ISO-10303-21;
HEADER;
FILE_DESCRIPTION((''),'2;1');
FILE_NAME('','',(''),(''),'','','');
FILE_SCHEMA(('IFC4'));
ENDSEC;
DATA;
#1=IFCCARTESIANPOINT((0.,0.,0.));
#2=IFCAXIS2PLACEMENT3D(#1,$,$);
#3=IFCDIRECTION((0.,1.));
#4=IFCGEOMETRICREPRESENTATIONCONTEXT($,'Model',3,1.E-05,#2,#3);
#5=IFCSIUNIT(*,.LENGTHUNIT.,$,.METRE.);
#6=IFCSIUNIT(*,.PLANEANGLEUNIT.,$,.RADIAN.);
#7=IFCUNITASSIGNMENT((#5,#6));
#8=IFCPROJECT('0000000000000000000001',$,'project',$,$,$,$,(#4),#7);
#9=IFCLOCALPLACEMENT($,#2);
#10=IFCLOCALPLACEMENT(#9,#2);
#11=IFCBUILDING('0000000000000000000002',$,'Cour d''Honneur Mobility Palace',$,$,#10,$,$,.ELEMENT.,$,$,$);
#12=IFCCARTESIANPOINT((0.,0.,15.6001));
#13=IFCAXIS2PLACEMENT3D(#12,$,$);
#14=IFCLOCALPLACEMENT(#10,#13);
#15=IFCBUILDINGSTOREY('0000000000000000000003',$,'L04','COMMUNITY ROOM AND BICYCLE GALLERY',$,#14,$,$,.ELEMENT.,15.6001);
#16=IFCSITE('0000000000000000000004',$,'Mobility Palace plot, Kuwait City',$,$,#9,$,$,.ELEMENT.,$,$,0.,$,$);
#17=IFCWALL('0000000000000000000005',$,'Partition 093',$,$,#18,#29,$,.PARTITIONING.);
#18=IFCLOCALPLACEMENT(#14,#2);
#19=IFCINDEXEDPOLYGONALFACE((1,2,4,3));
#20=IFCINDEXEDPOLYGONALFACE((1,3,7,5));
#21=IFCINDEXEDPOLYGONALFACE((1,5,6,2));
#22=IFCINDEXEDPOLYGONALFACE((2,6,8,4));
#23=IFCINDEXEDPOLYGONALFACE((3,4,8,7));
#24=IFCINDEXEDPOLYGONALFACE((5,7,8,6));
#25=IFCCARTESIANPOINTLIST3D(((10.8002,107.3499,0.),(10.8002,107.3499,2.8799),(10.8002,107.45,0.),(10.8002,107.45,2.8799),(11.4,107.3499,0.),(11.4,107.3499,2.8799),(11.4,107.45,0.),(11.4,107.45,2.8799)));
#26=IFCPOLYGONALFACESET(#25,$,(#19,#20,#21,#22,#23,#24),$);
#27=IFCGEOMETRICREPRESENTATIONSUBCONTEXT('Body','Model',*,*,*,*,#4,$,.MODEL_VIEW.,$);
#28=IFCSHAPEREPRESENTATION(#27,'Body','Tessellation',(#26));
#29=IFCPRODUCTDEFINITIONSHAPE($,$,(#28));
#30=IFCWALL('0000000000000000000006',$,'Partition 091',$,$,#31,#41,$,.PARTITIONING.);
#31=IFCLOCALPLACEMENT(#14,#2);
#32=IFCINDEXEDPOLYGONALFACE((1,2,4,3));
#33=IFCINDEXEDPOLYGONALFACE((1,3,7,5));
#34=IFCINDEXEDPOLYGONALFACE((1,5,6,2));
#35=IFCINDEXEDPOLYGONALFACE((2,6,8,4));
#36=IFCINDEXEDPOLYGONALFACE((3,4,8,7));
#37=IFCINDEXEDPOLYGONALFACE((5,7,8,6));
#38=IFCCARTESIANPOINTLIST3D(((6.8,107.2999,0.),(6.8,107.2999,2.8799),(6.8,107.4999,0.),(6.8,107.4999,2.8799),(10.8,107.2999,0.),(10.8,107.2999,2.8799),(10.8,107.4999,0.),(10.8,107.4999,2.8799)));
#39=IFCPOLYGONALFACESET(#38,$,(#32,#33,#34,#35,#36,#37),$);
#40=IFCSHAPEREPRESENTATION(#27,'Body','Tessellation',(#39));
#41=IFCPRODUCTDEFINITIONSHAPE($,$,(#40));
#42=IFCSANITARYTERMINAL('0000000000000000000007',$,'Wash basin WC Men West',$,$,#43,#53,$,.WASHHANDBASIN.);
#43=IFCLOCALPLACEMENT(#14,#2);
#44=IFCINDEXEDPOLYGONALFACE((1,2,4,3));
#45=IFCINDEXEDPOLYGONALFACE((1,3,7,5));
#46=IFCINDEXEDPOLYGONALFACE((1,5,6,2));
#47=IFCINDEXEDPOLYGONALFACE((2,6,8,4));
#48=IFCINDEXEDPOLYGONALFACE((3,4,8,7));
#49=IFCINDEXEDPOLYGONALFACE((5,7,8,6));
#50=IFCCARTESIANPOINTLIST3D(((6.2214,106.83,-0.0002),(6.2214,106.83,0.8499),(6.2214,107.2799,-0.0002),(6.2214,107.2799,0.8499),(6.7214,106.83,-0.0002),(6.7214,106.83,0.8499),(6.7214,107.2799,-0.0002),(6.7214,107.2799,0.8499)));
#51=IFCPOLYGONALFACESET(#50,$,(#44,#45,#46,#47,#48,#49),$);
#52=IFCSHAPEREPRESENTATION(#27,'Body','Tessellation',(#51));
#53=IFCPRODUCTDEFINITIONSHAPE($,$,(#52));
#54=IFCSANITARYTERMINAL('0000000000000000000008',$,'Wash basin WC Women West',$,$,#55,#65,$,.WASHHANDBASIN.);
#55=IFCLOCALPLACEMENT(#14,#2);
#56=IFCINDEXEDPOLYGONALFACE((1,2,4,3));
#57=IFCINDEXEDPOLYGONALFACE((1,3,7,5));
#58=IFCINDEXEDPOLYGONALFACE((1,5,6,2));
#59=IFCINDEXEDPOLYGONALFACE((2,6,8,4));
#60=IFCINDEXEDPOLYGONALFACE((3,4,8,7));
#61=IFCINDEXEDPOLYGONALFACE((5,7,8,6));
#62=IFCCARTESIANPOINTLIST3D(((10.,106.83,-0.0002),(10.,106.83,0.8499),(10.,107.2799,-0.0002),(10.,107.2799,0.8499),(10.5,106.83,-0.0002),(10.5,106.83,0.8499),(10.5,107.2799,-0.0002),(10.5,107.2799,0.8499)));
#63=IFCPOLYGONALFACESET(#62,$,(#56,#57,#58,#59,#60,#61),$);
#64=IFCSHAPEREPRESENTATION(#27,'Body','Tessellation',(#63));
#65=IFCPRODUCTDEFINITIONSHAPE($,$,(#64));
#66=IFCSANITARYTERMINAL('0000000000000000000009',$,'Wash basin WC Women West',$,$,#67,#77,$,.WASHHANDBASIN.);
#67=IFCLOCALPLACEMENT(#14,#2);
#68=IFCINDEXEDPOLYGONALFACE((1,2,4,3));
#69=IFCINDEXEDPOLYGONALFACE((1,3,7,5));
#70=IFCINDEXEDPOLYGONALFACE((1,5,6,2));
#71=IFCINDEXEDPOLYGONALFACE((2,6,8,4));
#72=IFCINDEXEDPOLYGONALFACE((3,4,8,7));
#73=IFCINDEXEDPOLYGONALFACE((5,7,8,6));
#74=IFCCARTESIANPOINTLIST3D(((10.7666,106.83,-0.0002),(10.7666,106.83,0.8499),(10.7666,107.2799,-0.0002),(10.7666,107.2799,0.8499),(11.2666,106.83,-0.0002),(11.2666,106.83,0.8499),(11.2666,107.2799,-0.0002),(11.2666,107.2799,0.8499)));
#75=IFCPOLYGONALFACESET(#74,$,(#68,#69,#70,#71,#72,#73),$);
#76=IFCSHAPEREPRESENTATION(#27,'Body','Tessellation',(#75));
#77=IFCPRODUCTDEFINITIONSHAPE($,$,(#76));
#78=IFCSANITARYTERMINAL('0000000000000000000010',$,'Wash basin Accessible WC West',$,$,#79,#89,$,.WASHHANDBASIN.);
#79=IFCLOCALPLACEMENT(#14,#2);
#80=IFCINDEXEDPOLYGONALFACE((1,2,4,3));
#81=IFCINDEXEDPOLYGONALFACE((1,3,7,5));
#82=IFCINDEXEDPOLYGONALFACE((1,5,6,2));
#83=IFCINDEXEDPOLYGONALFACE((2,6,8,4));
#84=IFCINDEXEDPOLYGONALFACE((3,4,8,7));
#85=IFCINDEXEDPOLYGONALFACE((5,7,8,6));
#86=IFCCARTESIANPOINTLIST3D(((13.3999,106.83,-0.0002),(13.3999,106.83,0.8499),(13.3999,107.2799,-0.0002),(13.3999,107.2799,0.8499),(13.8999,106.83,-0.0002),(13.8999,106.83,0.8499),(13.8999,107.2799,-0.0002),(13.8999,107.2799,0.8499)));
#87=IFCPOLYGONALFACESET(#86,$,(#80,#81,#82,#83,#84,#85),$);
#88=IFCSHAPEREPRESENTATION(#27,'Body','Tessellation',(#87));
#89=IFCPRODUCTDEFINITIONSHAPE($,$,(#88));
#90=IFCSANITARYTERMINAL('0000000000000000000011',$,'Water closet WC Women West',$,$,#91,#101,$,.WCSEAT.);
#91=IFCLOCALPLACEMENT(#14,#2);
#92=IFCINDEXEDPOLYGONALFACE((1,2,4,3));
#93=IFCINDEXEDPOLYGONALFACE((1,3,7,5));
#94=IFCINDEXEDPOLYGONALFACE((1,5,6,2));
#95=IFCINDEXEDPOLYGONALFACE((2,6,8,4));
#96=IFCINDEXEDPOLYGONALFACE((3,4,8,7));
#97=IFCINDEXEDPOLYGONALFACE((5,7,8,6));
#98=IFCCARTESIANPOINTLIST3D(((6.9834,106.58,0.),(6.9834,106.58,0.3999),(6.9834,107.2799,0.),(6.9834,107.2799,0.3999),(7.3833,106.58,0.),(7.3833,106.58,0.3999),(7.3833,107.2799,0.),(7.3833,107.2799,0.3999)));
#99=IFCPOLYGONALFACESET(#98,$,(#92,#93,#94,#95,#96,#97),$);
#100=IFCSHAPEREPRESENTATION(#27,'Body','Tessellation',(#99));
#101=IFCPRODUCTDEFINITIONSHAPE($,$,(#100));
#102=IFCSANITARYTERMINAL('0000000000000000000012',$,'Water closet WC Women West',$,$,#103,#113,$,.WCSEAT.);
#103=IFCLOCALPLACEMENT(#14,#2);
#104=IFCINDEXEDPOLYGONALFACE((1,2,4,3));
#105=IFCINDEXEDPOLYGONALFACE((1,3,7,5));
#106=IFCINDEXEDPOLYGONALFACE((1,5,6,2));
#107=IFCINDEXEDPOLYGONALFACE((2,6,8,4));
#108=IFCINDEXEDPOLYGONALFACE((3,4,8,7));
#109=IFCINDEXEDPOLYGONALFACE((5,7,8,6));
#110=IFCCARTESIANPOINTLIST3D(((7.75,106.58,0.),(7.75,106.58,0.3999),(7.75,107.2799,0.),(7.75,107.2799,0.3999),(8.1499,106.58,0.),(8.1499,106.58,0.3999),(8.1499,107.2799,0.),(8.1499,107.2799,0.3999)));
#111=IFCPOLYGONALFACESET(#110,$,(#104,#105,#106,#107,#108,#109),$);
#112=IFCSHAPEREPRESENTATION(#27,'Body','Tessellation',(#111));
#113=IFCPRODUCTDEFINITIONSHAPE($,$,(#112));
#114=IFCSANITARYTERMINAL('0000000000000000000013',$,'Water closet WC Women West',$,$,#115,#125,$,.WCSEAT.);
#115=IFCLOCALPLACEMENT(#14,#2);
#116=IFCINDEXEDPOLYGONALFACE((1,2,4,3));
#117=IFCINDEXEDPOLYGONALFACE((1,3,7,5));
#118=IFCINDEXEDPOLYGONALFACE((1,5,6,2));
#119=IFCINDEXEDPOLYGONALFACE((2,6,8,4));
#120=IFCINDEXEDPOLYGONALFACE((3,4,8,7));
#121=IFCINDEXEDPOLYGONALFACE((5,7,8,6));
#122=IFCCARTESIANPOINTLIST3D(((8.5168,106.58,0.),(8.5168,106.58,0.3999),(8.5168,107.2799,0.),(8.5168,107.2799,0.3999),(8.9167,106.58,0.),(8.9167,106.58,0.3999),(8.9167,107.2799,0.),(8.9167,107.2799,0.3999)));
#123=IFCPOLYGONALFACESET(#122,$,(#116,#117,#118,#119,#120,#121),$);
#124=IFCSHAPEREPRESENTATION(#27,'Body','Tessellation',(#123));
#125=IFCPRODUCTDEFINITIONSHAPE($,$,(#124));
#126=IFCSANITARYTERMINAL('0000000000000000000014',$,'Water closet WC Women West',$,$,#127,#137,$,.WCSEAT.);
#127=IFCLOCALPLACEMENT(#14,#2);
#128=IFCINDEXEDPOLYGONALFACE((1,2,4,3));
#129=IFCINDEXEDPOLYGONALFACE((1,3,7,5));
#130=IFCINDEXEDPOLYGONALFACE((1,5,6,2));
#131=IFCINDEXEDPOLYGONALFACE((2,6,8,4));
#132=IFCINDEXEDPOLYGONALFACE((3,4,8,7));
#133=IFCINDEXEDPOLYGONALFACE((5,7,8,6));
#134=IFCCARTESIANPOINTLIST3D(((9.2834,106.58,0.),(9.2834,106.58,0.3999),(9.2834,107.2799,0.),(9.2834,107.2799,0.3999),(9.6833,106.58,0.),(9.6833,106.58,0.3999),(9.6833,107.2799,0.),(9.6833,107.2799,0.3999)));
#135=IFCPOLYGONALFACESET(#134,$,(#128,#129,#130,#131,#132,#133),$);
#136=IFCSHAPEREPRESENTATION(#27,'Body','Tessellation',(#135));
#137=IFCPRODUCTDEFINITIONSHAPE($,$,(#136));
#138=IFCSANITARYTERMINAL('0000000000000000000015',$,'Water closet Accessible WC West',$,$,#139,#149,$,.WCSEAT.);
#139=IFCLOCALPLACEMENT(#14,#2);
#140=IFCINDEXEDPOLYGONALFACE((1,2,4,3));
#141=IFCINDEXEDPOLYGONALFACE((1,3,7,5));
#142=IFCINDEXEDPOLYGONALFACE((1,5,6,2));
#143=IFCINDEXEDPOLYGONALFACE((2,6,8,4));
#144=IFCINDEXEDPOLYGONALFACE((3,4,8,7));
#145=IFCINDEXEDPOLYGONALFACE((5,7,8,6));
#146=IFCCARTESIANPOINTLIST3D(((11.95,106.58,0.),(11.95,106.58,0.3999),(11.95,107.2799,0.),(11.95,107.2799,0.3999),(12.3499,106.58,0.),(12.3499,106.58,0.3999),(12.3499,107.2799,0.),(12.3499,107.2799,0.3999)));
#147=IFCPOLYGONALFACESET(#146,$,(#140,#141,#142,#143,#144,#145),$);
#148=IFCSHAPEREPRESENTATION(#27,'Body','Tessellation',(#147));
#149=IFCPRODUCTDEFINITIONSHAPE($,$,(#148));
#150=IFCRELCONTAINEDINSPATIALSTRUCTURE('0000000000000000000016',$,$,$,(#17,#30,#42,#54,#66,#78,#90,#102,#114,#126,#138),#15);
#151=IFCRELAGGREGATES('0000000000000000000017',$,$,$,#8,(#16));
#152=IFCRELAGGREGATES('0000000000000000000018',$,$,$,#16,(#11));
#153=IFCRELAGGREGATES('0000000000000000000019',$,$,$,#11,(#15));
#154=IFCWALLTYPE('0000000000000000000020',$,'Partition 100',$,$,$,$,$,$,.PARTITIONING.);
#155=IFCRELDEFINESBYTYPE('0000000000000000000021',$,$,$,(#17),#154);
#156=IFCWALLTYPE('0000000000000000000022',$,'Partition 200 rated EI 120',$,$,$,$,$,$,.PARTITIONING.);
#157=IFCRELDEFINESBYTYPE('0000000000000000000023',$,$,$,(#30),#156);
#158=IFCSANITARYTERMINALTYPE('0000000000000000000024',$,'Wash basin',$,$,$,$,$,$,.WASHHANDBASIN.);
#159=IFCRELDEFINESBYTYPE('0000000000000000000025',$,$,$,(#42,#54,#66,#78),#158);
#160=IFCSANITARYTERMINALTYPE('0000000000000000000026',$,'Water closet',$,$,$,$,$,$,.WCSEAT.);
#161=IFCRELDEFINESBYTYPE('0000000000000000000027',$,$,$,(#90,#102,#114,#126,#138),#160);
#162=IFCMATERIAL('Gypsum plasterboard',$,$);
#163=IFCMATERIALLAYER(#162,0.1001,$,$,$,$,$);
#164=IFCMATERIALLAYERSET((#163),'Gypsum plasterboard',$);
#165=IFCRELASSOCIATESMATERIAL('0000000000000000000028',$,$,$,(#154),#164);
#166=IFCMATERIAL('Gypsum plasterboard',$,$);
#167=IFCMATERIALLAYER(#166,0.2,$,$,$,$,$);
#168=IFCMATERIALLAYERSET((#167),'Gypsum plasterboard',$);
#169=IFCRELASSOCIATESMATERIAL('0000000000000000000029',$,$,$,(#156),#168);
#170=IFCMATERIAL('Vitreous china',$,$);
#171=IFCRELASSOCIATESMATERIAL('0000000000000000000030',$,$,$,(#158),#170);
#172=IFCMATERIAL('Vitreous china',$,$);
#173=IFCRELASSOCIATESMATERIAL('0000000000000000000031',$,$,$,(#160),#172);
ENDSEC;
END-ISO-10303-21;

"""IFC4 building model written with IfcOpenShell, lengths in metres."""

from ifc_helpers import new_model, si_unit, direction, frame, frame_2d, origin, origin_2d, place, context, subcontext, project, spatial, rectangle, extrude, material, layer, layer_set, type_object, element, save


model = new_model("IFC4")

# Units and contexts
model_context = context("Model", 3, precision=1e-05, world=origin(), true_north=direction((0.0, 1.0)))
body_context = subcontext(model_context, "Body", "Model", "MODEL_VIEW")
ifc_project = project(units=[si_unit("LENGTHUNIT", "METRE"), si_unit("PLANEANGLEUNIT", "RADIAN")], contexts=[model_context])

# Site, building, storey
site_placement = place(None, origin())
site = spatial("IfcSite", under=ifc_project, at=site_placement, Name="Mobility Palace plot, Kuwait City", CompositionType="ELEMENT", RefElevation=0.0)
building_placement = place(site_placement, origin())
building = spatial("IfcBuilding", under=site, at=building_placement, Name="Cour d'Honneur Mobility Palace", CompositionType="ELEMENT")
storey_placement = place(building_placement, frame((0.0, 0.0, 15.6001)))
storey = spatial("IfcBuildingStorey", under=building, at=storey_placement, Name="L04", Description="COMMUNITY ROOM AND BICYCLE GALLERY", CompositionType="ELEMENT", Elevation=15.6001)

# Shared definitions
ifc_material_1 = material(Name="Gypsum plasterboard")
ifc_layer_1 = layer(ifc_material_1, 0.1001)
ifc_layer_set_1 = layer_set([ifc_layer_1], Name="Gypsum plasterboard")
wall_type_1 = type_object("IfcWallType", Name="Partition 100", PredefinedType="PARTITIONING", material=ifc_layer_set_1)

# Walls
wall_1_placement = place(storey_placement, frame((11.3999, 107.3999, 0.0), z_axis=(0.0, 0.0, 1.0), x_axis=(-1.0, 0.0, 0.0)))
element("IfcWall", 1, at=wall_1_placement, inside=storey, type_object=wall_type_1, Name="Partition 093", PredefinedType="PARTITIONING", context=body_context, shape_type="SweptSolid", body=[
    extrude(rectangle(XDim=0.5999, YDim=0.1001, at=frame_2d((0.2998, 0.0))), origin(), (0.0, 0.0, 1.0), 2.8799),
])
ifc_material_2 = material(Name="Gypsum plasterboard")
ifc_layer_2 = layer(ifc_material_2, 0.2)
ifc_layer_set_2 = layer_set([ifc_layer_2], Name="Gypsum plasterboard")
wall_type_2 = type_object("IfcWallType", Name="Partition 200 rated EI 120", PredefinedType="PARTITIONING", material=ifc_layer_set_2)
wall_2_placement = place(storey_placement, frame((6.8, 107.3999, 0.0), z_axis=(0.0, 0.0, 1.0), x_axis=(1.0, 0.0, 0.0)))
element("IfcWall", 2, at=wall_2_placement, inside=storey, type_object=wall_type_2, Name="Partition 091", PredefinedType="PARTITIONING", context=body_context, shape_type="SweptSolid", body=[
    extrude(rectangle(XDim=4.0, YDim=0.2, at=frame_2d((2.0, 0.0))), origin(), (0.0, 0.0, 1.0), 2.8799),
])

# Sanitary terminals
ifc_material_3 = material(Name="Vitreous china")
sanitary_terminal_type_1 = type_object("IfcSanitaryTerminalType", Name="Wash basin", PredefinedType="WASHHANDBASIN", material=ifc_material_3)
for number, where, z_axis, x_axis, name in (
    (3, (6.4714, 107.0549, -0.0002), (0.0, 0.0, 1.0), (1.0, 0.0, 0.0), "Wash basin WC Men West"),
    (4, (10.25, 107.0549, -0.0002), (0.0, 0.0, 1.0), (1.0, 0.0, 0.0), "Wash basin WC Women West"),
    (5, (11.0166, 107.0549, -0.0002), (0.0, 0.0, 1.0), (1.0, 0.0, 0.0), "Wash basin WC Women West"),
    (6, (13.6499, 107.0549, -0.0002), (0.0, 0.0, 1.0), (1.0, 0.0, 0.0), "Wash basin Accessible WC West"),
):
    element("IfcSanitaryTerminal", number, at=place(storey_placement, frame(where, z_axis=z_axis, x_axis=x_axis)), inside=storey, type_object=sanitary_terminal_type_1, Name=name, PredefinedType="WASHHANDBASIN", context=body_context, shape_type="SweptSolid", body=[
        extrude(rectangle(XDim=0.5, YDim=0.45, at=origin_2d()), origin(), (0.0, 0.0, 1.0), 0.8501),
    ])
ifc_material_4 = material(Name="Vitreous china")
sanitary_terminal_type_2 = type_object("IfcSanitaryTerminalType", Name="Water closet", PredefinedType="WCSEAT", material=ifc_material_4)
for number, where, z_axis, x_axis, name in (
    (7, (7.1833, 106.9299, 0.0), (0.0, 0.0, 1.0), (1.0, 0.0, 0.0), "Water closet WC Women West"),
    (8, (7.95, 106.9299, 0.0), (0.0, 0.0, 1.0), (1.0, 0.0, 0.0), "Water closet WC Women West"),
    (9, (8.7168, 106.9299, 0.0), (0.0, 0.0, 1.0), (1.0, 0.0, 0.0), "Water closet WC Women West"),
    (10, (9.4834, 106.9299, 0.0), (0.0, 0.0, 1.0), (1.0, 0.0, 0.0), "Water closet WC Women West"),
    (11, (12.1499, 106.9299, 0.0), (0.0, 0.0, 1.0), (1.0, 0.0, 0.0), "Water closet Accessible WC West"),
):
    element("IfcSanitaryTerminal", number, at=place(storey_placement, frame(where, z_axis=z_axis, x_axis=x_axis)), inside=storey, type_object=sanitary_terminal_type_2, Name=name, PredefinedType="WCSEAT", context=body_context, shape_type="SweptSolid", body=[
        extrude(rectangle(XDim=0.3999, YDim=0.7, at=origin_2d()), origin(), (0.0, 0.0, 1.0), 0.3999),
    ])

save(model, "model.ifc")
